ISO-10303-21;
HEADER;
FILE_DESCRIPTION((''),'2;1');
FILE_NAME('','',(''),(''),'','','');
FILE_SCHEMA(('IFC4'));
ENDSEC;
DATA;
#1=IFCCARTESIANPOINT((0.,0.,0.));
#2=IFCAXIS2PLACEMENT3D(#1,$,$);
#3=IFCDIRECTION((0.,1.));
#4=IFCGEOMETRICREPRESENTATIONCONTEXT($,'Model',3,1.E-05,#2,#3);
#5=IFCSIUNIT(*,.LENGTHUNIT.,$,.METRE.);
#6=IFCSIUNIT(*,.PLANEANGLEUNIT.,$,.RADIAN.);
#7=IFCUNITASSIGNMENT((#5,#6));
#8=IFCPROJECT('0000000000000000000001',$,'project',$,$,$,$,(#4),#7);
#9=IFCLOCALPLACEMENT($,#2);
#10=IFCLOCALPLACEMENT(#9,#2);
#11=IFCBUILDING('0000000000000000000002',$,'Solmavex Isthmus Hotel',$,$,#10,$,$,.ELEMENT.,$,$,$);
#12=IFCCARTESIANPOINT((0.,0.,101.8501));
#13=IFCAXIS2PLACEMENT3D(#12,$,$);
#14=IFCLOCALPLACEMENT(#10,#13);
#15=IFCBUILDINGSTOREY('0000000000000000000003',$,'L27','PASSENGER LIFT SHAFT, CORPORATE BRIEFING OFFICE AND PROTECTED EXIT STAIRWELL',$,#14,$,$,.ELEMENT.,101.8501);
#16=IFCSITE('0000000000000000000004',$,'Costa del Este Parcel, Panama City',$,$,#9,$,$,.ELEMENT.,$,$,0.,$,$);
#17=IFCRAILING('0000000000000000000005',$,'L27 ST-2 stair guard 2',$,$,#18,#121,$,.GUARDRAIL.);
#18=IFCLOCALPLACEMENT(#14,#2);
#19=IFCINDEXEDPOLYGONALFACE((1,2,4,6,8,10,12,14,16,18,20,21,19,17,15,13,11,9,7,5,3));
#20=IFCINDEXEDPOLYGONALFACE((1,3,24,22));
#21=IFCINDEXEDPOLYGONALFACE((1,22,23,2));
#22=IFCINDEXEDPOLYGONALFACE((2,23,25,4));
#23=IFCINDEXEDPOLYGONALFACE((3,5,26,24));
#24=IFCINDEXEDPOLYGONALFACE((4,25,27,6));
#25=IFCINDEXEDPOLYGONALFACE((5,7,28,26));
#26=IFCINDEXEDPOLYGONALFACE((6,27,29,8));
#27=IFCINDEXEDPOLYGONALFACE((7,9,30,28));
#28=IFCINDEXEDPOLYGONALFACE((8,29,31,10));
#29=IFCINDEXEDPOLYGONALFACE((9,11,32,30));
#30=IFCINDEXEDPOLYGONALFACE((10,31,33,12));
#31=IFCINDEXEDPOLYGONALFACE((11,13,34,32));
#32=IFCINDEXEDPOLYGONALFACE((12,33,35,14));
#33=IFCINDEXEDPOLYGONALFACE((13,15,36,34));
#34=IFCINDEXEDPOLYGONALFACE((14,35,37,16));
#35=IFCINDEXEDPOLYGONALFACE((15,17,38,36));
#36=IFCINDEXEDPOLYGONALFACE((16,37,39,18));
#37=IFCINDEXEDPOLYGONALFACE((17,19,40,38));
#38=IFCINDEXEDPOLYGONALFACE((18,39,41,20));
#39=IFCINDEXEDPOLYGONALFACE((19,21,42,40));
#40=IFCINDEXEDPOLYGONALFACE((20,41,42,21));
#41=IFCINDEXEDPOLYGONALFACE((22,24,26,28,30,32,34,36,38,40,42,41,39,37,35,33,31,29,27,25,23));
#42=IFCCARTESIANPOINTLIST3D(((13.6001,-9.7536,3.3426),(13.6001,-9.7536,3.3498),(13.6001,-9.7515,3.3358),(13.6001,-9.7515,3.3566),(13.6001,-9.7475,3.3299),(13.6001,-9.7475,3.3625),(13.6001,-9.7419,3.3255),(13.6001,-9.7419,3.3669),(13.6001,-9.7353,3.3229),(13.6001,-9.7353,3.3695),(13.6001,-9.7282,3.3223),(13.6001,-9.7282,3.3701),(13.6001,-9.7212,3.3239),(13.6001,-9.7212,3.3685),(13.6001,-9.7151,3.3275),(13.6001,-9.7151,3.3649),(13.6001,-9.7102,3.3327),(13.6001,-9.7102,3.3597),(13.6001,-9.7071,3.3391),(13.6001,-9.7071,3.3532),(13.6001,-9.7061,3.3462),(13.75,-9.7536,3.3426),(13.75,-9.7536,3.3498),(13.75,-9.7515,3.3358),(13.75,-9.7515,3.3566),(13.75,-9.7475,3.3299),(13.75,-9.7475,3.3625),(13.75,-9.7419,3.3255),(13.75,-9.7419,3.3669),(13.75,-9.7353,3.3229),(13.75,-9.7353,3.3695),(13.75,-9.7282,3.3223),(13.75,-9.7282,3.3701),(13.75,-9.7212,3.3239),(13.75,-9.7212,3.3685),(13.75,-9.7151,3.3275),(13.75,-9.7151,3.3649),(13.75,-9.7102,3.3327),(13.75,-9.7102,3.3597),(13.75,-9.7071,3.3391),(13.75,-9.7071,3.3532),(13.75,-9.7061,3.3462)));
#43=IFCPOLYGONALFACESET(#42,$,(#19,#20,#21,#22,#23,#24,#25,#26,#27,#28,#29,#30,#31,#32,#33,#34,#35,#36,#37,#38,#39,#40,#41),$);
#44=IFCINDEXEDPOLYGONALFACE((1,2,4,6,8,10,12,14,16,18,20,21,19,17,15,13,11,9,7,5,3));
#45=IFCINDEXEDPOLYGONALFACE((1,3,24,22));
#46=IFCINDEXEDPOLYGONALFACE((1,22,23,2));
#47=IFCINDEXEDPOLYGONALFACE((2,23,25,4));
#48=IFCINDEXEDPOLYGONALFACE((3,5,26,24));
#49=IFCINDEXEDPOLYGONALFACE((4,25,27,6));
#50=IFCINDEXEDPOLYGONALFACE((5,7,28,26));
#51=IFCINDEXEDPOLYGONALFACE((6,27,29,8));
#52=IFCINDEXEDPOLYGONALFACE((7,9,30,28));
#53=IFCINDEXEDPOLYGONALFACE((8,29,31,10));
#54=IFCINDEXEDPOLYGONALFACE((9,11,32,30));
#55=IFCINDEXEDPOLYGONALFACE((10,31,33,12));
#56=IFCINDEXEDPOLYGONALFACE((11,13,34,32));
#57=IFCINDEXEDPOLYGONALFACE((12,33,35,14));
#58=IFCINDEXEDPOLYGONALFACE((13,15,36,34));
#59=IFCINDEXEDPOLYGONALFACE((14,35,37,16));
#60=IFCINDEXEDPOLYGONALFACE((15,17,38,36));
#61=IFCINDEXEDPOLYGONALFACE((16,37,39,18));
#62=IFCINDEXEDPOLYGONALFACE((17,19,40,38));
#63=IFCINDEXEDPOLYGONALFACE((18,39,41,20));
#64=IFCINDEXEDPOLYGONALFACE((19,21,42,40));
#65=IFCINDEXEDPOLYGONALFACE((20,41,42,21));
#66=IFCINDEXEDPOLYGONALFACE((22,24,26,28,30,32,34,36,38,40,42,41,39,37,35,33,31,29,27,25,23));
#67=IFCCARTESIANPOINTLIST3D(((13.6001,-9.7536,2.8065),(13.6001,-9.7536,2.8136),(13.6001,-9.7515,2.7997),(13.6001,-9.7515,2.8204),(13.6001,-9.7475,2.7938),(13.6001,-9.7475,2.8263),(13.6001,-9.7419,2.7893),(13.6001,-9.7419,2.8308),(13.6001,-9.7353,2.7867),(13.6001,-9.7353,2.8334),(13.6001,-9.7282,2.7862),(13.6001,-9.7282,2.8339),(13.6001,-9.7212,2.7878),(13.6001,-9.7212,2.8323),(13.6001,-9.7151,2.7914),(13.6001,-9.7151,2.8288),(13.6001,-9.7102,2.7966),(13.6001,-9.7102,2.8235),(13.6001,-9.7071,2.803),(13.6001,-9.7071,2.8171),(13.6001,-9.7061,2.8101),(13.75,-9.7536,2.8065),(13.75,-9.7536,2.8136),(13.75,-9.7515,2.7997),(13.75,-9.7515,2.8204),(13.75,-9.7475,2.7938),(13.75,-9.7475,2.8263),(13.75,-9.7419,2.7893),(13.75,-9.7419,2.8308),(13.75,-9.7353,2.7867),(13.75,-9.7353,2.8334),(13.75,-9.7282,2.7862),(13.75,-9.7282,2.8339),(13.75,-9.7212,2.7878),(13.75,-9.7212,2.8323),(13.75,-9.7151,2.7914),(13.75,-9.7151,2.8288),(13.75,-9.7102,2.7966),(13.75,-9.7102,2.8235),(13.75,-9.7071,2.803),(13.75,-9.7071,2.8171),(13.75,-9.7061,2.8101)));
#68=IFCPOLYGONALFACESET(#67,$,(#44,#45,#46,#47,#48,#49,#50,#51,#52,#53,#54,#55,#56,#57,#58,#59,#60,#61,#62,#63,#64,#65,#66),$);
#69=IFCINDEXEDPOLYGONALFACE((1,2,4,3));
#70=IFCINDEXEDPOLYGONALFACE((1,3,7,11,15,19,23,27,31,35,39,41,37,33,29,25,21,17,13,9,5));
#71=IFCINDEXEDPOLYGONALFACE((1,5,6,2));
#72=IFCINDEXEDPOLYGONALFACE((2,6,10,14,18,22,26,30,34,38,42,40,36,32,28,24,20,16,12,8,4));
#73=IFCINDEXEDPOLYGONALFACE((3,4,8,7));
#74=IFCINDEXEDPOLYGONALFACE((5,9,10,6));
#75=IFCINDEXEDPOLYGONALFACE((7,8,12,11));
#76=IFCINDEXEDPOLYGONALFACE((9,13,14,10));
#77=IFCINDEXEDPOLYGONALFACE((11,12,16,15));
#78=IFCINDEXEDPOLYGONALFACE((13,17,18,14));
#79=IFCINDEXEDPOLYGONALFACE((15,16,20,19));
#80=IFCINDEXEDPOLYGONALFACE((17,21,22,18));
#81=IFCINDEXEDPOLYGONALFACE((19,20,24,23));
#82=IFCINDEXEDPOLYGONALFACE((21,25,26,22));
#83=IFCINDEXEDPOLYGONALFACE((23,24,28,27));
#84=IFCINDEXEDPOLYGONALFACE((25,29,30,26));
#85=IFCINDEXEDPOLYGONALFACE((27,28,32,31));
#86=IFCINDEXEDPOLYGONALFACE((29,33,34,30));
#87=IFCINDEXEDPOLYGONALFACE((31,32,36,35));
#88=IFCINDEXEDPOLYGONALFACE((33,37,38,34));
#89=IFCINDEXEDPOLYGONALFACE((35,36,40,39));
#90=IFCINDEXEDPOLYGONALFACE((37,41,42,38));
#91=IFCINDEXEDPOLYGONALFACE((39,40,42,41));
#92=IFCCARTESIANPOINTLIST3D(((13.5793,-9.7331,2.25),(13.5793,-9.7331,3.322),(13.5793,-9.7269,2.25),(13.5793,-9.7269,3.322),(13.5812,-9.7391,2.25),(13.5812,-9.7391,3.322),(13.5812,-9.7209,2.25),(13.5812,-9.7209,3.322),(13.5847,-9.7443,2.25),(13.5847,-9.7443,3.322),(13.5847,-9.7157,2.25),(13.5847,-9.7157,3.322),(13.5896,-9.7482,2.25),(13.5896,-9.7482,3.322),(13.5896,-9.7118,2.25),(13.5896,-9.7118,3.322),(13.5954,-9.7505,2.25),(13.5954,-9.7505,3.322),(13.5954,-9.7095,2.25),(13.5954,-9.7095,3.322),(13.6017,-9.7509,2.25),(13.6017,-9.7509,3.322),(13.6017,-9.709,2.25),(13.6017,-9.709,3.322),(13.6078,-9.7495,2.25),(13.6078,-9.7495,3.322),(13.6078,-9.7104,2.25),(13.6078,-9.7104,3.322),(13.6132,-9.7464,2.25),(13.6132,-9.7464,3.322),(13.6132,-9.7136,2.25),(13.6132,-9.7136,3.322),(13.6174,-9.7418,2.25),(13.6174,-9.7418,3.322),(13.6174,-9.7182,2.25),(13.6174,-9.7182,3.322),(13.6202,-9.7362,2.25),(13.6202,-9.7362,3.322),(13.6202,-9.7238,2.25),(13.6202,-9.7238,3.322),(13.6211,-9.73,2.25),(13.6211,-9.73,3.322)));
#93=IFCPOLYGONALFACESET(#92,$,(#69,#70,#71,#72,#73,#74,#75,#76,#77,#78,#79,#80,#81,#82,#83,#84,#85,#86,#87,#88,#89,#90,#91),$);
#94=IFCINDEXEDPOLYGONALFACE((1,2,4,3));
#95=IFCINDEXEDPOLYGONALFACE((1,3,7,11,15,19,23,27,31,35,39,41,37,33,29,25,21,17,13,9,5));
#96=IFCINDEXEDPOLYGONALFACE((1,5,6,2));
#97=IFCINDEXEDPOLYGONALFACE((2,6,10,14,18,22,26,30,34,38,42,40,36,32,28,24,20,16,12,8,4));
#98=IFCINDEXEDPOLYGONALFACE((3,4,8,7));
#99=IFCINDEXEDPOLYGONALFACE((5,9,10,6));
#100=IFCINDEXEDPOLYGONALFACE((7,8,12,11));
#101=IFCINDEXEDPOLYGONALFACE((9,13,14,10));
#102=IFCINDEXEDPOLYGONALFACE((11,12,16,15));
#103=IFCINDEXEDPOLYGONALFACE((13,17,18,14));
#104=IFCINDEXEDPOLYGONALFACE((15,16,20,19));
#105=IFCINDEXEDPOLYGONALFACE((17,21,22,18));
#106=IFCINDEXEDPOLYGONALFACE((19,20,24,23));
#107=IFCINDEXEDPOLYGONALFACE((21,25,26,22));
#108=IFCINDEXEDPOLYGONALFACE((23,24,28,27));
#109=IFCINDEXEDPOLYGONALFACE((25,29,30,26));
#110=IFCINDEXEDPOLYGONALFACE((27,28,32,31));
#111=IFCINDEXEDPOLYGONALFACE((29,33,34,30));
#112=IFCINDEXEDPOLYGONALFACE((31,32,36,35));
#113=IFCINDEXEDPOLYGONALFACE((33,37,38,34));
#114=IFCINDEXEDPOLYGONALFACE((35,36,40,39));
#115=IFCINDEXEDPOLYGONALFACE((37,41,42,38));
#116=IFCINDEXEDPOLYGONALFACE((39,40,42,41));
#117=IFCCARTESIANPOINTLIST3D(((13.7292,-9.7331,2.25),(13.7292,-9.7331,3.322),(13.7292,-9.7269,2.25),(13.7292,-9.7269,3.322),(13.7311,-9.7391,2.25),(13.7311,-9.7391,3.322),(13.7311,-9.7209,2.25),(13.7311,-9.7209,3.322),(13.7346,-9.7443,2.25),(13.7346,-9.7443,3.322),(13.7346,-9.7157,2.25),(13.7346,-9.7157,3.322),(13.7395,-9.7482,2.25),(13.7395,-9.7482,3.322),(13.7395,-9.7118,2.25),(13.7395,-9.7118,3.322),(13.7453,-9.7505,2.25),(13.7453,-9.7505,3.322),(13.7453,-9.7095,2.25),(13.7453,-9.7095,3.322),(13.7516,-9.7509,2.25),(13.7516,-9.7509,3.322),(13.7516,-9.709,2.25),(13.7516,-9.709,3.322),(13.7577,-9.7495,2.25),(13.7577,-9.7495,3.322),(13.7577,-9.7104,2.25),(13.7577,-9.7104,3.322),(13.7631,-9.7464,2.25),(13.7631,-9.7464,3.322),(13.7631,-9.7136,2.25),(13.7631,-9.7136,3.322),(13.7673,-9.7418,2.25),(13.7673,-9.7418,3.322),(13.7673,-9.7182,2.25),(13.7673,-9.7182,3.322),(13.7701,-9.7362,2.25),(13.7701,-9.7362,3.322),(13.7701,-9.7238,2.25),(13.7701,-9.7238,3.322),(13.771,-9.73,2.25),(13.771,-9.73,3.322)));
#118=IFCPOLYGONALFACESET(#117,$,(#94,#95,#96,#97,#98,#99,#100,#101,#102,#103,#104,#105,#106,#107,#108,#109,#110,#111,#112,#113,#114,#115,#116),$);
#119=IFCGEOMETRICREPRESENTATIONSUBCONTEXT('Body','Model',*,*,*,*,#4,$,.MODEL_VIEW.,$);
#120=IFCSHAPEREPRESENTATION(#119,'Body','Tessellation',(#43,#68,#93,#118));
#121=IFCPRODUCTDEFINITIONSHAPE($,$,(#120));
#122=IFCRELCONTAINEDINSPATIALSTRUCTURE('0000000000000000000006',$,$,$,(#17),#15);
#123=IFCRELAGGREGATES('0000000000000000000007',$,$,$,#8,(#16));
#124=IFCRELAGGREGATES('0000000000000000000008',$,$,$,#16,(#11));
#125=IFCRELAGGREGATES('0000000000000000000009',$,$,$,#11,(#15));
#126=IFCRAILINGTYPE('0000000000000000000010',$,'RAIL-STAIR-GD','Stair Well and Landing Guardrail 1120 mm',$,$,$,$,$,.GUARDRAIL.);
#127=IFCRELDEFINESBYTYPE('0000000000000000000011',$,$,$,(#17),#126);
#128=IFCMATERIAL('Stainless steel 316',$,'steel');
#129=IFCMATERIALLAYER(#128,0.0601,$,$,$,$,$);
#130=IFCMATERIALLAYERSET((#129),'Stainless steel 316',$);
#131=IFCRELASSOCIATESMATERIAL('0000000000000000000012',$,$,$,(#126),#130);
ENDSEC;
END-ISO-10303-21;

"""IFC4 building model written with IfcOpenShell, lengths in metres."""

from ifc_helpers import new_model, si_unit, direction, frame, origin, origin_2d, place, context, subcontext, project, spatial, circle, extrude, material, layer, layer_set, type_object, element, save


model = new_model("IFC4")

# Units and contexts
model_context = context("Model", 3, precision=1e-05, world=origin(), true_north=direction((0.0, 1.0)))
body_context = subcontext(model_context, "Body", "Model", "MODEL_VIEW")
ifc_project = project(units=[si_unit("LENGTHUNIT", "METRE"), si_unit("PLANEANGLEUNIT", "RADIAN")], contexts=[model_context])

# Site, building, storey
site_placement = place(None, origin())
site = spatial("IfcSite", under=ifc_project, at=site_placement, Name="Costa del Este Parcel, Panama City", CompositionType="ELEMENT", RefElevation=0.0)
building_placement = place(site_placement, origin())
building = spatial("IfcBuilding", under=site, at=building_placement, Name="Solmavex Isthmus Hotel", CompositionType="ELEMENT")
storey_placement = place(building_placement, frame((0.0, 0.0, 101.8501)))
storey = spatial("IfcBuildingStorey", under=building, at=storey_placement, Name="L27", Description="PASSENGER LIFT SHAFT, CORPORATE BRIEFING OFFICE AND PROTECTED EXIT STAIRWELL", CompositionType="ELEMENT", Elevation=101.8501)

# Shared definitions
ifc_material_1 = material(Name="Stainless steel 316", Category="steel")

# Railing
ifc_layer_1 = layer(ifc_material_1, 0.0601)
ifc_layer_set_1 = layer_set([ifc_layer_1], Name="Stainless steel 316")
railing_type_1 = type_object("IfcRailingType", Name="RAIL-STAIR-GD", Description="Stair Well and Landing Guardrail 1120 mm", PredefinedType="GUARDRAIL", material=ifc_layer_set_1)
railing_1_placement = place(storey_placement, frame((13.6001, -9.73, 2.25)))
element("IfcRailing", 1, at=railing_1_placement, inside=storey, type_object=railing_type_1, Name="L27 ST-2 stair guard 2", PredefinedType="GUARDRAIL", context=body_context, shape_type="SweptSolid", body=[
    extrude(circle(Radius=0.0239, at=origin_2d()), frame((0.0, 0.0, 1.0962), z_axis=(1.0, 0.0, 0.0), x_axis=(0.0, 1.0, 0.0)), (0.0, 0.0, 1.0), 0.1499),
    extrude(circle(Radius=0.0239, at=origin_2d()), frame((0.0, 0.0, 0.5601), z_axis=(1.0, 0.0, 0.0), x_axis=(0.0, 1.0, 0.0)), (0.0, 0.0, 1.0), 0.1499),
    extrude(circle(Radius=0.021, at=origin_2d()), origin(), (0.0, 0.0, 1.0), 1.072),
    extrude(circle(Radius=0.021, at=origin_2d()), frame((0.1499, 0.0, 0.0)), (0.0, 0.0, 1.0), 1.072),
])

save(model, "model.ifc")
